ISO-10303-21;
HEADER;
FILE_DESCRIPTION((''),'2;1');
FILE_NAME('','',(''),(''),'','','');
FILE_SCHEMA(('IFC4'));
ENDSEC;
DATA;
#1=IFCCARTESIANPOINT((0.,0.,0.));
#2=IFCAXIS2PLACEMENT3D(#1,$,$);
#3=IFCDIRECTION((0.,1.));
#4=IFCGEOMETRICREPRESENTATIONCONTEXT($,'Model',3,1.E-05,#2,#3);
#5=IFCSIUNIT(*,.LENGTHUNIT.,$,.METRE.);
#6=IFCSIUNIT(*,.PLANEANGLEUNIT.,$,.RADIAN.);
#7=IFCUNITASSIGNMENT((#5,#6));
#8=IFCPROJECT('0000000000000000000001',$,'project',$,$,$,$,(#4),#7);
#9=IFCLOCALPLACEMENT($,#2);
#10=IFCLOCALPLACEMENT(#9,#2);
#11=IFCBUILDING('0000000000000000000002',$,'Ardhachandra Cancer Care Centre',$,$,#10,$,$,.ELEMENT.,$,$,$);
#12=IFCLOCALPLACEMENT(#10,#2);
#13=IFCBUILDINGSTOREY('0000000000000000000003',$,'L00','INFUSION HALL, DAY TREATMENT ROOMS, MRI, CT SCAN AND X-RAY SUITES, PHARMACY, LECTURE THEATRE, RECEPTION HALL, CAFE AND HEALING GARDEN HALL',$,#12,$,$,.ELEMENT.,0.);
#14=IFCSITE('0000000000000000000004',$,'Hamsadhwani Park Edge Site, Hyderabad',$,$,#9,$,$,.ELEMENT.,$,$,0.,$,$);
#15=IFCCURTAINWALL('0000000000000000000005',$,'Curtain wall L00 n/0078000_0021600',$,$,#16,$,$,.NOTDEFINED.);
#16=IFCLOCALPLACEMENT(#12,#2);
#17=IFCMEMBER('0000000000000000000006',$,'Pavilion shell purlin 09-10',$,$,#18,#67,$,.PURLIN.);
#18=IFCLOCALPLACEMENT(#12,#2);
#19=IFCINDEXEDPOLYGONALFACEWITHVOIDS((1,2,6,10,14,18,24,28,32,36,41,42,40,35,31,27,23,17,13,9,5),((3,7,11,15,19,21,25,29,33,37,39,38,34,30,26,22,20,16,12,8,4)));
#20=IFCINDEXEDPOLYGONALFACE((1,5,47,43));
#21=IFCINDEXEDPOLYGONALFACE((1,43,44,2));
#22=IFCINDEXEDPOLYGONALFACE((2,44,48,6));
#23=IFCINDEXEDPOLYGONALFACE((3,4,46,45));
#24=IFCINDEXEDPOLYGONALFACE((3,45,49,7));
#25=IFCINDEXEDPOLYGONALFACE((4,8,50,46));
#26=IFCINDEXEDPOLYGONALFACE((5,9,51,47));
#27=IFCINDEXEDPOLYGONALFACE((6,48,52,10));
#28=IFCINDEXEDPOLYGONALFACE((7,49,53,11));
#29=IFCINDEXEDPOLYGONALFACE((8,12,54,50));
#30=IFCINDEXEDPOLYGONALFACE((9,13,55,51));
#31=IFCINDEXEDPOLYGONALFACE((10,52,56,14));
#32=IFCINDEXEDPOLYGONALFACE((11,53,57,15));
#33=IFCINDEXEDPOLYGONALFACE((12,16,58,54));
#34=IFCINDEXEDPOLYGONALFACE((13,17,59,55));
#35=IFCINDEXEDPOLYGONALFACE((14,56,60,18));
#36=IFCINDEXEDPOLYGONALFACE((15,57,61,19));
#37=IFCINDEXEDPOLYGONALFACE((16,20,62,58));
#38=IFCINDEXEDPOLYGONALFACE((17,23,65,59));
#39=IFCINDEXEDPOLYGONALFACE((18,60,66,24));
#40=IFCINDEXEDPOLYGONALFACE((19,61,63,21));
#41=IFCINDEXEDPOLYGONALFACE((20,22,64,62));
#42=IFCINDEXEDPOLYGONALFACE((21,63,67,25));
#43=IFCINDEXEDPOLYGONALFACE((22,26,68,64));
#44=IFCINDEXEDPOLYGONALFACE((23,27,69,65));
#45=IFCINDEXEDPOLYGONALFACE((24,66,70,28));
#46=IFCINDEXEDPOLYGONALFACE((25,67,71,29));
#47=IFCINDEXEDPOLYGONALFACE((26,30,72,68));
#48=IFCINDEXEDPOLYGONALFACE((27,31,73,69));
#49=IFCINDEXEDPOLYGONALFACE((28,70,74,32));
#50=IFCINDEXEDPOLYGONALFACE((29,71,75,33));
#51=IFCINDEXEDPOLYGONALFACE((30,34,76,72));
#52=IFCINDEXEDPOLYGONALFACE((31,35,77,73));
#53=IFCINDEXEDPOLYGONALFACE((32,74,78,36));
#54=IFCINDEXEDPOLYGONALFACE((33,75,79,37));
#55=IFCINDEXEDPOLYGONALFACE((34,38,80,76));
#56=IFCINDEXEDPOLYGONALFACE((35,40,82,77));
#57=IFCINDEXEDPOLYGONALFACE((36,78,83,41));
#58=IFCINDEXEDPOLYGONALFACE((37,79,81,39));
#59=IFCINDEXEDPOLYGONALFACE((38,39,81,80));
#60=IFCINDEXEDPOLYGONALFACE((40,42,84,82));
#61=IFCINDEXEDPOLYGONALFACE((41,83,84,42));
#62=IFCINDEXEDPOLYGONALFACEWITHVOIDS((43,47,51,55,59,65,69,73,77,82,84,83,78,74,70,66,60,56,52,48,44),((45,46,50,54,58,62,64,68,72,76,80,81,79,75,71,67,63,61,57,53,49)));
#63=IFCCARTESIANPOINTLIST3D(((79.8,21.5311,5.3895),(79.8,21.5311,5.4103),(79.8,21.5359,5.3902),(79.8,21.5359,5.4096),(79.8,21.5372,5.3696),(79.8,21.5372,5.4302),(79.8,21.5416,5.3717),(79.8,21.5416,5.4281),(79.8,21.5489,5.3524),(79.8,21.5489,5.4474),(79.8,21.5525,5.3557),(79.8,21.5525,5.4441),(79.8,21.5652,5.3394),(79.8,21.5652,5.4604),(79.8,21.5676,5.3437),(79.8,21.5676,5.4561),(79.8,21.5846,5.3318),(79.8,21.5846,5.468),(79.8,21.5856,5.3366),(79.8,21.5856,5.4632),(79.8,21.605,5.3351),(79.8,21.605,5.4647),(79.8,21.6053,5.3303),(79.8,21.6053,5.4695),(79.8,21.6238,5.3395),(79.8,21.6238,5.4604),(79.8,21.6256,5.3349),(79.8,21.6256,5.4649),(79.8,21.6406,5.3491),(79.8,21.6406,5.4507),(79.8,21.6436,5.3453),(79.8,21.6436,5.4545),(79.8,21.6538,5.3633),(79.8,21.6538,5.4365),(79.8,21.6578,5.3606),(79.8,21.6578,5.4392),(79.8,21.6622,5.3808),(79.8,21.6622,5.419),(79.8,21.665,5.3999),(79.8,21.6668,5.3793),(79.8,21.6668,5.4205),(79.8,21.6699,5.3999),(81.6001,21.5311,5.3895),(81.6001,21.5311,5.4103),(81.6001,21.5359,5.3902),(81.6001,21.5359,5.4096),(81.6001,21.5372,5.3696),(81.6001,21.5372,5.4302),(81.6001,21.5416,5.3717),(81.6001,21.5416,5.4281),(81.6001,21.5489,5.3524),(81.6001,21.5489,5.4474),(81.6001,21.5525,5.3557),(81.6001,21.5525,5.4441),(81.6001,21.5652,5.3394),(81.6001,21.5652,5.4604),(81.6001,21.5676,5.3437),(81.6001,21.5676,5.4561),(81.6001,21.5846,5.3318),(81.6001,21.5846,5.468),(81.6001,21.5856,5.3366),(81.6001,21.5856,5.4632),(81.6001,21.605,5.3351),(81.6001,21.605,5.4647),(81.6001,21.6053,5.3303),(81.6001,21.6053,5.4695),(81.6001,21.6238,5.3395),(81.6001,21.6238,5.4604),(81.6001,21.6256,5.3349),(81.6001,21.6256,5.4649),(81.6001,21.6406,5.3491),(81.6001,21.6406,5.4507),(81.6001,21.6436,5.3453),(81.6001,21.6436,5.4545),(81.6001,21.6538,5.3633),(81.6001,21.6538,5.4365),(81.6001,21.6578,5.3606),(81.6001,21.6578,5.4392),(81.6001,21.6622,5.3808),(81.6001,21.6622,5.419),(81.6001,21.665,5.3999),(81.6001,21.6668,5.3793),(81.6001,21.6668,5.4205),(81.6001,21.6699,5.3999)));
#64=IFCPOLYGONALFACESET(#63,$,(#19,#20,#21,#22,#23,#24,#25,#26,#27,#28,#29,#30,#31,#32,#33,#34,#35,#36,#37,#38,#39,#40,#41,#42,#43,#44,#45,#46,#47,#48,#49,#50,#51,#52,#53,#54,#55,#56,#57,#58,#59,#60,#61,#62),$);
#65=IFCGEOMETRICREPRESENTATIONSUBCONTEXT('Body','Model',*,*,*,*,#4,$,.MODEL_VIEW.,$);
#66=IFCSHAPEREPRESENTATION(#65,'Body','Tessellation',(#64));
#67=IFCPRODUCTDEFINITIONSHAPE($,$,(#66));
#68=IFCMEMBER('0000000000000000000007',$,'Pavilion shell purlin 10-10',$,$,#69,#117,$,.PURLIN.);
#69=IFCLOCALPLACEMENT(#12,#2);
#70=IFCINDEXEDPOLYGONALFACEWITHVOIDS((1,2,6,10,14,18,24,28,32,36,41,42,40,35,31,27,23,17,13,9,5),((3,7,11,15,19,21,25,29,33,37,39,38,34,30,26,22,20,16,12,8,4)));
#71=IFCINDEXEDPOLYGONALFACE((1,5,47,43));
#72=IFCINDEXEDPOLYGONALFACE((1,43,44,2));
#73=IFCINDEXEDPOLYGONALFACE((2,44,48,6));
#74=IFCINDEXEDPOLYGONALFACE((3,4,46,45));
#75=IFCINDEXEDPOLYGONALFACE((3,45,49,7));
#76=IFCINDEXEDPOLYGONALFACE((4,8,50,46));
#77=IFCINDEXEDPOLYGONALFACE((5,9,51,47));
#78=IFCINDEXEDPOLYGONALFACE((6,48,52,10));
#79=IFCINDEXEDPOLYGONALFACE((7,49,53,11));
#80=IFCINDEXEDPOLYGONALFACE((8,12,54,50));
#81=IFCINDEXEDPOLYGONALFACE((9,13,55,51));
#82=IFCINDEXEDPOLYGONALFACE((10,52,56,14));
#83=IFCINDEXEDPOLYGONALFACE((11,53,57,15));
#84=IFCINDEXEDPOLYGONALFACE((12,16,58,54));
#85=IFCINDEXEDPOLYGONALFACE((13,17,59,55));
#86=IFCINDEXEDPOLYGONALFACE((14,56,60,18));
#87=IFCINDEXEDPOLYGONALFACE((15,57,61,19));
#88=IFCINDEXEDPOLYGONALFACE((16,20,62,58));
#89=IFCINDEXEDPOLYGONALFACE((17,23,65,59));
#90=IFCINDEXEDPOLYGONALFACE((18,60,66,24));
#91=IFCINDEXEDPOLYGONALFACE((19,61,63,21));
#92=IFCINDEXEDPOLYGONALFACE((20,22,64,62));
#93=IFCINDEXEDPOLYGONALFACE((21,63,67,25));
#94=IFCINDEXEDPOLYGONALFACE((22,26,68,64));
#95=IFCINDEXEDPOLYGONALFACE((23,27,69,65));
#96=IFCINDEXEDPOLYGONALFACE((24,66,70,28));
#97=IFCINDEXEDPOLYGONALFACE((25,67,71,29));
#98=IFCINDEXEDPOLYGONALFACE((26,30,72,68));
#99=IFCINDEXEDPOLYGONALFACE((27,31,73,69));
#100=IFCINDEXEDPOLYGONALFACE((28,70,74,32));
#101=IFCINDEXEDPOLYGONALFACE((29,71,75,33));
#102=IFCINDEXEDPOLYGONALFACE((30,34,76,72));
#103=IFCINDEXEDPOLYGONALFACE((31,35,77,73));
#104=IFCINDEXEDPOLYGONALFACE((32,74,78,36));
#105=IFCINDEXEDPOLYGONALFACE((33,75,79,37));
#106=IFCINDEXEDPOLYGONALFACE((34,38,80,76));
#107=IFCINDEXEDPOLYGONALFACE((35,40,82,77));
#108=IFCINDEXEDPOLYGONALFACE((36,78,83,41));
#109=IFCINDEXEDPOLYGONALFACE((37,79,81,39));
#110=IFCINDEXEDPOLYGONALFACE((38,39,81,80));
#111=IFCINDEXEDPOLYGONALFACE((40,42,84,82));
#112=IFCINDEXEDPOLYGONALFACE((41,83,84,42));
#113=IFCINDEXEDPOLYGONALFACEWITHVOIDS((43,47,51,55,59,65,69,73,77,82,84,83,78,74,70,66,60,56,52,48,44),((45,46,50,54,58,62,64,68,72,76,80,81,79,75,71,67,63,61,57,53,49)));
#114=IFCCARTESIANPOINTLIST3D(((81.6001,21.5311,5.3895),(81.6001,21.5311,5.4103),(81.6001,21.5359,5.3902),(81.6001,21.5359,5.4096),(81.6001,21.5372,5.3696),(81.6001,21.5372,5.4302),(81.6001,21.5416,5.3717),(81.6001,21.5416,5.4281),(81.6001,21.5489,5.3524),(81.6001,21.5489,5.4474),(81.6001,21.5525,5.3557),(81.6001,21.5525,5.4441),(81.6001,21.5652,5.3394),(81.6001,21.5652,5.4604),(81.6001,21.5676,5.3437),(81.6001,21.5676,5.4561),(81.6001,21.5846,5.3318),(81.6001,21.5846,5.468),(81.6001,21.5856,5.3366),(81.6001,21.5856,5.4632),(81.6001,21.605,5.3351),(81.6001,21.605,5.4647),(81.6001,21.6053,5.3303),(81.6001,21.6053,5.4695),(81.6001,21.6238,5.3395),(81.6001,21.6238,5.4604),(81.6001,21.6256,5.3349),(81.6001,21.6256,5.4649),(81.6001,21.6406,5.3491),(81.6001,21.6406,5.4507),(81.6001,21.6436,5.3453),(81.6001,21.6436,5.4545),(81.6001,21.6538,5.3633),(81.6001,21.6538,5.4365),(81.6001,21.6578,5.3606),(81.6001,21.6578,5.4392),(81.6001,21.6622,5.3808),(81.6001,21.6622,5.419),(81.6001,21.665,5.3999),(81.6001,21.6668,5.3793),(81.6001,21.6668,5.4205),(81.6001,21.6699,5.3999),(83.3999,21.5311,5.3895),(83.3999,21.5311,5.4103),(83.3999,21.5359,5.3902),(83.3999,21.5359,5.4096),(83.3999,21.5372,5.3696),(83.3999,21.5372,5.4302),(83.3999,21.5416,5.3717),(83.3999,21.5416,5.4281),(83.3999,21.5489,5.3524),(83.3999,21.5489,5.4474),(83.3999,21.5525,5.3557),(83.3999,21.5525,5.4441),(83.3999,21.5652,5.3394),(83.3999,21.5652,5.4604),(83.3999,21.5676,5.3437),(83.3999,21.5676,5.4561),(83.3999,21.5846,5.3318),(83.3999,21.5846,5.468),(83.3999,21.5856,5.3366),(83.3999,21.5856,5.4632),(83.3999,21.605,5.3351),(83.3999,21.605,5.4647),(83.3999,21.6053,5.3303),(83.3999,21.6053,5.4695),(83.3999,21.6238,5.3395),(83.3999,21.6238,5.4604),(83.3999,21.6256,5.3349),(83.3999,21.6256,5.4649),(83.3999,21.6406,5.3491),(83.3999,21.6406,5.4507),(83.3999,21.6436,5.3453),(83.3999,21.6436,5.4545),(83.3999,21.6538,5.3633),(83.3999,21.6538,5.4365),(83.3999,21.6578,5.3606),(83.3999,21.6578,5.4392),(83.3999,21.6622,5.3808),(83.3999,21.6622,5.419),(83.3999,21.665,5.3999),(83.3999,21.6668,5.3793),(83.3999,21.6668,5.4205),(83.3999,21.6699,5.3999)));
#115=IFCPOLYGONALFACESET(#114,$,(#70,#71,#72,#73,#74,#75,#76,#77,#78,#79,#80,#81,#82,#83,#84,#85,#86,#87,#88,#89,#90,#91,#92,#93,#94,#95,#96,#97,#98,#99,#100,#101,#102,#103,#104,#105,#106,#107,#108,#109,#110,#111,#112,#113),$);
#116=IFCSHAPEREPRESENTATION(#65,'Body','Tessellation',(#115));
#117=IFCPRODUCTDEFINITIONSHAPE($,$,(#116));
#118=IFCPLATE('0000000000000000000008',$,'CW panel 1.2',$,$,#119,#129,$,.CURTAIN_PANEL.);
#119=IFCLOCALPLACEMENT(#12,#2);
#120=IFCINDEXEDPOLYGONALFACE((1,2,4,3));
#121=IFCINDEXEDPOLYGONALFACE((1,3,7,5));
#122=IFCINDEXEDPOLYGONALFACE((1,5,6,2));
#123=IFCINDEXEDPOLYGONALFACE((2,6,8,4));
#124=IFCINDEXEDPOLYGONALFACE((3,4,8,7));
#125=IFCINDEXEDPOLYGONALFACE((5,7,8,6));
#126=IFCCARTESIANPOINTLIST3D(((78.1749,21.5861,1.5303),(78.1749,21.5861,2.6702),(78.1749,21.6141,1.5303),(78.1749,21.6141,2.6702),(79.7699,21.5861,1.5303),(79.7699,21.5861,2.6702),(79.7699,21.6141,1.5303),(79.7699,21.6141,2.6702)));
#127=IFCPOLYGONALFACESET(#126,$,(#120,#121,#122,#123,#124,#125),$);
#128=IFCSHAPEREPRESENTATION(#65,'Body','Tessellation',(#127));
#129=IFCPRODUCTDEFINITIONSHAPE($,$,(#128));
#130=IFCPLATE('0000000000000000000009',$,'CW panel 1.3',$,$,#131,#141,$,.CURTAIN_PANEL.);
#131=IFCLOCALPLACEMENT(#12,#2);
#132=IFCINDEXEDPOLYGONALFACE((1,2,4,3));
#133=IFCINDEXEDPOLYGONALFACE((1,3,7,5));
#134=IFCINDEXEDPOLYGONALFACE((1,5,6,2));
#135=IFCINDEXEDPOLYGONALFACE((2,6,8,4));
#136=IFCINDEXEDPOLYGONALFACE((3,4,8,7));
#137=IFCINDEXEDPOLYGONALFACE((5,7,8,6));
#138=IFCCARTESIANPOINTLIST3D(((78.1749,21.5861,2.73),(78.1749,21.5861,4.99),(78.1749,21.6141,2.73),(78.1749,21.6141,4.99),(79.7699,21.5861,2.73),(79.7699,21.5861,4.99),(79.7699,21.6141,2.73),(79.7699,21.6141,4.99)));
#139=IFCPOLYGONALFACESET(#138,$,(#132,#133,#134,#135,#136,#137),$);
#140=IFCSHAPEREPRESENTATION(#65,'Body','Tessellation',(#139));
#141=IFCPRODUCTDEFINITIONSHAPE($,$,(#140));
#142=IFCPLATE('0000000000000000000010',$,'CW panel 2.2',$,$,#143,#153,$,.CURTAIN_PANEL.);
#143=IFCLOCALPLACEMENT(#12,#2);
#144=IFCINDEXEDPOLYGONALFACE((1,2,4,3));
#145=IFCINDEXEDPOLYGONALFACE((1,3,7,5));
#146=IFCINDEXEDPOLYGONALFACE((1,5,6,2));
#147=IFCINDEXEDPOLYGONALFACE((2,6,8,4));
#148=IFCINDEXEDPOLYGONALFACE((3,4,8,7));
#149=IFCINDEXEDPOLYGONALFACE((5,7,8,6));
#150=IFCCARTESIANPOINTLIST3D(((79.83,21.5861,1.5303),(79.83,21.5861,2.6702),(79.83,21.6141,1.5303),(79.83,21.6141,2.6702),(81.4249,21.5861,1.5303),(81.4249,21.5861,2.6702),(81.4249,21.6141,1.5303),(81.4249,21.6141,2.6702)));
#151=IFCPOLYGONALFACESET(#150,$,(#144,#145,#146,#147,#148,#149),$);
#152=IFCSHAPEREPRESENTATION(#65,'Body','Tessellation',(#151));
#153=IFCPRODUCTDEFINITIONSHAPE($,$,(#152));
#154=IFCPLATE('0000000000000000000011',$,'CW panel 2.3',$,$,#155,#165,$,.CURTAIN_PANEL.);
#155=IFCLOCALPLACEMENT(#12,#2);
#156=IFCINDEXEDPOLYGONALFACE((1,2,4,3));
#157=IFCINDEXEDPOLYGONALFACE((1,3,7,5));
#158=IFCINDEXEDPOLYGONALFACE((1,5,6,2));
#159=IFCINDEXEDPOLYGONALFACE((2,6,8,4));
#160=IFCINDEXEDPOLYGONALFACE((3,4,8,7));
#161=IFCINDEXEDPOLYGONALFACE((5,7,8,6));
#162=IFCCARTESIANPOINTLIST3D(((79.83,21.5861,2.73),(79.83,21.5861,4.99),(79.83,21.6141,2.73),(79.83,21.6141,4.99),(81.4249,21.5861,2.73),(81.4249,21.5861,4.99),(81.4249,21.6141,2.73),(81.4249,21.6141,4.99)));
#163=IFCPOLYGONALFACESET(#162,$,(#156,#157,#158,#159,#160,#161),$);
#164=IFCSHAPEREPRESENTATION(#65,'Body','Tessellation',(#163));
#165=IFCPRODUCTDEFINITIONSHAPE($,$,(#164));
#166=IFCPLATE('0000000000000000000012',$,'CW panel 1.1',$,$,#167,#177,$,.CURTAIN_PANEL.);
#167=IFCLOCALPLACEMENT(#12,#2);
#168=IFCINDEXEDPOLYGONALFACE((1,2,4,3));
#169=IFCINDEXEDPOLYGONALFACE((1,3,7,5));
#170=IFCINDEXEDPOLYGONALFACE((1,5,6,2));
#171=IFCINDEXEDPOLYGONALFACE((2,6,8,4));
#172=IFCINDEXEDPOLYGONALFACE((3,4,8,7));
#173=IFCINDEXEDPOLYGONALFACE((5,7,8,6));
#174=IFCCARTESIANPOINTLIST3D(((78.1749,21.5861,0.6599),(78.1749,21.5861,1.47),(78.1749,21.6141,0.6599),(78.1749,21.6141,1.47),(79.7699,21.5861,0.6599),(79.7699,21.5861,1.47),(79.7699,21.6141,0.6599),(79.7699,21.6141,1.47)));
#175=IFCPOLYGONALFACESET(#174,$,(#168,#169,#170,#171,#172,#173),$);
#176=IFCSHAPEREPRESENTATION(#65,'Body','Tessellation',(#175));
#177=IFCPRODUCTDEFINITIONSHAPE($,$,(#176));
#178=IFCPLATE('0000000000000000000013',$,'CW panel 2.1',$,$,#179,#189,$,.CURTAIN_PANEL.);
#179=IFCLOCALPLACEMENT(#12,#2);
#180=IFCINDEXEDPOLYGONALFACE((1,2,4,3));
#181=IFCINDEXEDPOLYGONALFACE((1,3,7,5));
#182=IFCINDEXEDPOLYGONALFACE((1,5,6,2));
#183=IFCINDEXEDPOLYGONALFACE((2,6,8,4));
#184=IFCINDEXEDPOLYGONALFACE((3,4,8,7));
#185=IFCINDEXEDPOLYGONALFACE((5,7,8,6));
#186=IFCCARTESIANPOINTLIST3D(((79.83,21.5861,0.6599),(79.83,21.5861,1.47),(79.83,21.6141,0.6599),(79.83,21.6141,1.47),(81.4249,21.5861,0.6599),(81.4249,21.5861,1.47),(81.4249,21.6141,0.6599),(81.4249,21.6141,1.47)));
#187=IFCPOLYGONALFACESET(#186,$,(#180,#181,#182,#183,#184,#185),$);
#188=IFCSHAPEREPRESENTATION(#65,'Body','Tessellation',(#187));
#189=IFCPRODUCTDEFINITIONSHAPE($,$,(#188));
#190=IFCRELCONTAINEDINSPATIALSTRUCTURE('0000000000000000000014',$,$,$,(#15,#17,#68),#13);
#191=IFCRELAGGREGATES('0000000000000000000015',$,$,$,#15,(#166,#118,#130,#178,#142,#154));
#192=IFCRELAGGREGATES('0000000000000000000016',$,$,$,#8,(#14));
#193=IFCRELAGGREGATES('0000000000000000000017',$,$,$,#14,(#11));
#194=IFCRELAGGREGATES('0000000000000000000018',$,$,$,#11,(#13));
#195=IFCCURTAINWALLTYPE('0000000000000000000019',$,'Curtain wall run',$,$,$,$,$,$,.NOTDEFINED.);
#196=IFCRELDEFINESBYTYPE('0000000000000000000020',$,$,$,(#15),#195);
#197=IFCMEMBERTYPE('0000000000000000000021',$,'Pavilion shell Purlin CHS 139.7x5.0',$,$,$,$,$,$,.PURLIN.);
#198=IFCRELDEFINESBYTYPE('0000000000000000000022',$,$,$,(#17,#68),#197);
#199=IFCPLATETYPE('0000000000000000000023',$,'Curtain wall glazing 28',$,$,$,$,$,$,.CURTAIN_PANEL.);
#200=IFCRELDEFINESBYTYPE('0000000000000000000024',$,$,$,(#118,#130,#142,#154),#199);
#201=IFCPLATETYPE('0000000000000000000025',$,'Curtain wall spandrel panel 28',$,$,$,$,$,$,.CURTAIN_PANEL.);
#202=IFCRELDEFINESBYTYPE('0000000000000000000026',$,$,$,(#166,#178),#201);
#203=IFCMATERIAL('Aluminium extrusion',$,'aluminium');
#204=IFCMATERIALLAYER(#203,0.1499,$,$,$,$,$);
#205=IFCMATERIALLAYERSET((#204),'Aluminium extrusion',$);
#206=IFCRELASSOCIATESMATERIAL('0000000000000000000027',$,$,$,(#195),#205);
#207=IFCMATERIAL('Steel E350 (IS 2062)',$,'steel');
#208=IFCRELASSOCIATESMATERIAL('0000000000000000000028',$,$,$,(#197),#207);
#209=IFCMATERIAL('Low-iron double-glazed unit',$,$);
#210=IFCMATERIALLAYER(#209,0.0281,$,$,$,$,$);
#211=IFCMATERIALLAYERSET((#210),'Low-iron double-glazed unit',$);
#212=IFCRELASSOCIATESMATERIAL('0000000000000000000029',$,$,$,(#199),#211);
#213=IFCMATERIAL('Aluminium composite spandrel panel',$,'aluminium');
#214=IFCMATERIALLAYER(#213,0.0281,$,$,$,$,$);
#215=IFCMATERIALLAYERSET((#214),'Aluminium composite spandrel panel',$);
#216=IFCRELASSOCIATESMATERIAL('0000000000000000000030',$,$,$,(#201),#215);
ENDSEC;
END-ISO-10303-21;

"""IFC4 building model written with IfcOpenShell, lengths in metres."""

from ifc_helpers import new_model, si_unit, direction, frame, origin, origin_2d, place, context, subcontext, project, spatial, rectangle, hollow_circle, extrude, material, layer, layer_set, material_profile, profile_set, type_object, element, aggregate, save


model = new_model("IFC4")

# Units and contexts
model_context = context("Model", 3, precision=1e-05, world=origin(), true_north=direction((0.0, 1.0)))
body_context = subcontext(model_context, "Body", "Model", "MODEL_VIEW")
ifc_project = project(units=[si_unit("LENGTHUNIT", "METRE"), si_unit("PLANEANGLEUNIT", "RADIAN")], contexts=[model_context])

# Site, building, storey
site_placement = place(None, origin())
site = spatial("IfcSite", under=ifc_project, at=site_placement, Name="Hamsadhwani Park Edge Site, Hyderabad", CompositionType="ELEMENT", RefElevation=0.0)
building_placement = place(site_placement, origin())
building = spatial("IfcBuilding", under=site, at=building_placement, Name="Ardhachandra Cancer Care Centre", CompositionType="ELEMENT")
storey_placement = place(building_placement, origin())
storey = spatial("IfcBuildingStorey", under=building, at=storey_placement, Name="L00", Description="INFUSION HALL, DAY TREATMENT ROOMS, MRI, CT SCAN AND X-RAY SUITES, PHARMACY, LECTURE THEATRE, RECEPTION HALL, CAFE AND HEALING GARDEN HALL", CompositionType="ELEMENT", Elevation=0.0)

# Curtain wall
ifc_material_1 = material(Name="Aluminium extrusion", Category="aluminium")
ifc_layer_1 = layer(ifc_material_1, 0.1499)
ifc_layer_set_1 = layer_set([ifc_layer_1], Name="Aluminium extrusion")
curtain_wall_type = type_object("IfcCurtainWallType", Name="Curtain wall run", PredefinedType="NOTDEFINED", material=ifc_layer_set_1)
curtain_wall_1_placement = place(storey_placement, origin())
curtain_wall_1 = element("IfcCurtainWall", 1, at=curtain_wall_1_placement, inside=storey, type_object=curtain_wall_type, Name="Curtain wall L00 n/0078000_0021600", PredefinedType="NOTDEFINED")

# Members
ifc_material_2 = material(Name="Steel E350 (IS 2062)", Category="steel")
ifc_material_profile_1 = material_profile(ifc_material_2, hollow_circle(Radius=0.0698, WallThickness=0.0049, at=origin_2d()), Name="CHS 139.7x5.0")
ifc_profile_set_1 = profile_set([ifc_material_profile_1], Name="Steel E350 (IS 2062)")
member_type_1 = type_object("IfcMemberType", Name="Pavilion shell Purlin CHS 139.7x5.0", PredefinedType="PURLIN", material=ifc_profile_set_1)
member_1_placement = place(storey_placement, frame((79.8, 21.6001, 5.3999), z_axis=(1.0, 0.0, 0.0), x_axis=(0.0, 1.0, 0.0)))
element("IfcMember", 2, at=member_1_placement, inside=storey, type_object=member_type_1, Name="Pavilion shell purlin 09-10", PredefinedType="PURLIN", context=body_context, shape_type="SweptSolid", body=[
    extrude(hollow_circle(Radius=0.0698, WallThickness=0.0049, at=origin_2d()), origin(), (0.0, 0.0, 1.0), 1.8),
])
member_2_placement = place(storey_placement, frame((81.6001, 21.6001, 5.3999), z_axis=(1.0, 0.0, 0.0), x_axis=(0.0, 1.0, 0.0)))
element("IfcMember", 3, at=member_2_placement, inside=storey, type_object=member_type_1, Name="Pavilion shell purlin 10-10", PredefinedType="PURLIN", context=body_context, shape_type="SweptSolid", body=[
    extrude(hollow_circle(Radius=0.0698, WallThickness=0.0049, at=origin_2d()), origin(), (0.0, 0.0, 1.0), 1.7998),
])

# Plates
ifc_material_3 = material(Name="Low-iron double-glazed unit")
ifc_layer_2 = layer(ifc_material_3, 0.0281)
ifc_layer_set_2 = layer_set([ifc_layer_2], Name="Low-iron double-glazed unit")
plate_type_1 = type_object("IfcPlateType", Name="Curtain wall glazing 28", PredefinedType="CURTAIN_PANEL", material=ifc_layer_set_2)
plate_1_placement = place(storey_placement, frame((78.9724, 21.6001, 1.5303), z_axis=(0.0, 0.0, 1.0), x_axis=(1.0, 0.0, 0.0)))
plate_1 = element("IfcPlate", 4, at=plate_1_placement, type_object=plate_type_1, Name="CW panel 1.2", PredefinedType="CURTAIN_PANEL", context=body_context, shape_type="SweptSolid", body=[
    extrude(rectangle(XDim=1.595, YDim=0.0281, at=origin_2d()), origin(), (0.0, 0.0, 1.0), 1.1399),
])
plate_2_placement = place(storey_placement, frame((78.9724, 21.6001, 2.73), z_axis=(0.0, 0.0, 1.0), x_axis=(1.0, 0.0, 0.0)))
plate_2 = element("IfcPlate", 5, at=plate_2_placement, type_object=plate_type_1, Name="CW panel 1.3", PredefinedType="CURTAIN_PANEL", context=body_context, shape_type="SweptSolid", body=[
    extrude(rectangle(XDim=1.595, YDim=0.0281, at=origin_2d()), origin(), (0.0, 0.0, 1.0), 2.26),
])
plate_3_placement = place(storey_placement, frame((80.6274, 21.6001, 1.5303), z_axis=(0.0, 0.0, 1.0), x_axis=(1.0, 0.0, 0.0)))
plate_3 = element("IfcPlate", 6, at=plate_3_placement, type_object=plate_type_1, Name="CW panel 2.2", PredefinedType="CURTAIN_PANEL", context=body_context, shape_type="SweptSolid", body=[
    extrude(rectangle(XDim=1.595, YDim=0.0281, at=origin_2d()), origin(), (0.0, 0.0, 1.0), 1.1399),
])
plate_4_placement = place(storey_placement, frame((80.6274, 21.6001, 2.73), z_axis=(0.0, 0.0, 1.0), x_axis=(1.0, 0.0, 0.0)))
plate_4 = element("IfcPlate", 7, at=plate_4_placement, type_object=plate_type_1, Name="CW panel 2.3", PredefinedType="CURTAIN_PANEL", context=body_context, shape_type="SweptSolid", body=[
    extrude(rectangle(XDim=1.595, YDim=0.0281, at=origin_2d()), origin(), (0.0, 0.0, 1.0), 2.26),
])
ifc_material_4 = material(Name="Aluminium composite spandrel panel", Category="aluminium")
ifc_layer_3 = layer(ifc_material_4, 0.0281)
ifc_layer_set_3 = layer_set([ifc_layer_3], Name="Aluminium composite spandrel panel")
plate_type_2 = type_object("IfcPlateType", Name="Curtain wall spandrel panel 28", PredefinedType="CURTAIN_PANEL", material=ifc_layer_set_3)
plate_5_placement = place(storey_placement, frame((78.9724, 21.6001, 0.6599), z_axis=(0.0, 0.0, 1.0), x_axis=(1.0, 0.0, 0.0)))
plate_5 = element("IfcPlate", 8, at=plate_5_placement, type_object=plate_type_2, Name="CW panel 1.1", PredefinedType="CURTAIN_PANEL", context=body_context, shape_type="SweptSolid", body=[
    extrude(rectangle(XDim=1.595, YDim=0.0281, at=origin_2d()), origin(), (0.0, 0.0, 1.0), 0.8101),
])
plate_6_placement = place(storey_placement, frame((80.6274, 21.6001, 0.6599), z_axis=(0.0, 0.0, 1.0), x_axis=(1.0, 0.0, 0.0)))
plate_6 = element("IfcPlate", 9, at=plate_6_placement, type_object=plate_type_2, Name="CW panel 2.1", PredefinedType="CURTAIN_PANEL", context=body_context, shape_type="SweptSolid", body=[
    extrude(rectangle(XDim=1.595, YDim=0.0281, at=origin_2d()), origin(), (0.0, 0.0, 1.0), 0.8101),
])
aggregate(curtain_wall_1, [plate_5, plate_1, plate_2, plate_6, plate_3, plate_4])

save(model, "model.ifc")
